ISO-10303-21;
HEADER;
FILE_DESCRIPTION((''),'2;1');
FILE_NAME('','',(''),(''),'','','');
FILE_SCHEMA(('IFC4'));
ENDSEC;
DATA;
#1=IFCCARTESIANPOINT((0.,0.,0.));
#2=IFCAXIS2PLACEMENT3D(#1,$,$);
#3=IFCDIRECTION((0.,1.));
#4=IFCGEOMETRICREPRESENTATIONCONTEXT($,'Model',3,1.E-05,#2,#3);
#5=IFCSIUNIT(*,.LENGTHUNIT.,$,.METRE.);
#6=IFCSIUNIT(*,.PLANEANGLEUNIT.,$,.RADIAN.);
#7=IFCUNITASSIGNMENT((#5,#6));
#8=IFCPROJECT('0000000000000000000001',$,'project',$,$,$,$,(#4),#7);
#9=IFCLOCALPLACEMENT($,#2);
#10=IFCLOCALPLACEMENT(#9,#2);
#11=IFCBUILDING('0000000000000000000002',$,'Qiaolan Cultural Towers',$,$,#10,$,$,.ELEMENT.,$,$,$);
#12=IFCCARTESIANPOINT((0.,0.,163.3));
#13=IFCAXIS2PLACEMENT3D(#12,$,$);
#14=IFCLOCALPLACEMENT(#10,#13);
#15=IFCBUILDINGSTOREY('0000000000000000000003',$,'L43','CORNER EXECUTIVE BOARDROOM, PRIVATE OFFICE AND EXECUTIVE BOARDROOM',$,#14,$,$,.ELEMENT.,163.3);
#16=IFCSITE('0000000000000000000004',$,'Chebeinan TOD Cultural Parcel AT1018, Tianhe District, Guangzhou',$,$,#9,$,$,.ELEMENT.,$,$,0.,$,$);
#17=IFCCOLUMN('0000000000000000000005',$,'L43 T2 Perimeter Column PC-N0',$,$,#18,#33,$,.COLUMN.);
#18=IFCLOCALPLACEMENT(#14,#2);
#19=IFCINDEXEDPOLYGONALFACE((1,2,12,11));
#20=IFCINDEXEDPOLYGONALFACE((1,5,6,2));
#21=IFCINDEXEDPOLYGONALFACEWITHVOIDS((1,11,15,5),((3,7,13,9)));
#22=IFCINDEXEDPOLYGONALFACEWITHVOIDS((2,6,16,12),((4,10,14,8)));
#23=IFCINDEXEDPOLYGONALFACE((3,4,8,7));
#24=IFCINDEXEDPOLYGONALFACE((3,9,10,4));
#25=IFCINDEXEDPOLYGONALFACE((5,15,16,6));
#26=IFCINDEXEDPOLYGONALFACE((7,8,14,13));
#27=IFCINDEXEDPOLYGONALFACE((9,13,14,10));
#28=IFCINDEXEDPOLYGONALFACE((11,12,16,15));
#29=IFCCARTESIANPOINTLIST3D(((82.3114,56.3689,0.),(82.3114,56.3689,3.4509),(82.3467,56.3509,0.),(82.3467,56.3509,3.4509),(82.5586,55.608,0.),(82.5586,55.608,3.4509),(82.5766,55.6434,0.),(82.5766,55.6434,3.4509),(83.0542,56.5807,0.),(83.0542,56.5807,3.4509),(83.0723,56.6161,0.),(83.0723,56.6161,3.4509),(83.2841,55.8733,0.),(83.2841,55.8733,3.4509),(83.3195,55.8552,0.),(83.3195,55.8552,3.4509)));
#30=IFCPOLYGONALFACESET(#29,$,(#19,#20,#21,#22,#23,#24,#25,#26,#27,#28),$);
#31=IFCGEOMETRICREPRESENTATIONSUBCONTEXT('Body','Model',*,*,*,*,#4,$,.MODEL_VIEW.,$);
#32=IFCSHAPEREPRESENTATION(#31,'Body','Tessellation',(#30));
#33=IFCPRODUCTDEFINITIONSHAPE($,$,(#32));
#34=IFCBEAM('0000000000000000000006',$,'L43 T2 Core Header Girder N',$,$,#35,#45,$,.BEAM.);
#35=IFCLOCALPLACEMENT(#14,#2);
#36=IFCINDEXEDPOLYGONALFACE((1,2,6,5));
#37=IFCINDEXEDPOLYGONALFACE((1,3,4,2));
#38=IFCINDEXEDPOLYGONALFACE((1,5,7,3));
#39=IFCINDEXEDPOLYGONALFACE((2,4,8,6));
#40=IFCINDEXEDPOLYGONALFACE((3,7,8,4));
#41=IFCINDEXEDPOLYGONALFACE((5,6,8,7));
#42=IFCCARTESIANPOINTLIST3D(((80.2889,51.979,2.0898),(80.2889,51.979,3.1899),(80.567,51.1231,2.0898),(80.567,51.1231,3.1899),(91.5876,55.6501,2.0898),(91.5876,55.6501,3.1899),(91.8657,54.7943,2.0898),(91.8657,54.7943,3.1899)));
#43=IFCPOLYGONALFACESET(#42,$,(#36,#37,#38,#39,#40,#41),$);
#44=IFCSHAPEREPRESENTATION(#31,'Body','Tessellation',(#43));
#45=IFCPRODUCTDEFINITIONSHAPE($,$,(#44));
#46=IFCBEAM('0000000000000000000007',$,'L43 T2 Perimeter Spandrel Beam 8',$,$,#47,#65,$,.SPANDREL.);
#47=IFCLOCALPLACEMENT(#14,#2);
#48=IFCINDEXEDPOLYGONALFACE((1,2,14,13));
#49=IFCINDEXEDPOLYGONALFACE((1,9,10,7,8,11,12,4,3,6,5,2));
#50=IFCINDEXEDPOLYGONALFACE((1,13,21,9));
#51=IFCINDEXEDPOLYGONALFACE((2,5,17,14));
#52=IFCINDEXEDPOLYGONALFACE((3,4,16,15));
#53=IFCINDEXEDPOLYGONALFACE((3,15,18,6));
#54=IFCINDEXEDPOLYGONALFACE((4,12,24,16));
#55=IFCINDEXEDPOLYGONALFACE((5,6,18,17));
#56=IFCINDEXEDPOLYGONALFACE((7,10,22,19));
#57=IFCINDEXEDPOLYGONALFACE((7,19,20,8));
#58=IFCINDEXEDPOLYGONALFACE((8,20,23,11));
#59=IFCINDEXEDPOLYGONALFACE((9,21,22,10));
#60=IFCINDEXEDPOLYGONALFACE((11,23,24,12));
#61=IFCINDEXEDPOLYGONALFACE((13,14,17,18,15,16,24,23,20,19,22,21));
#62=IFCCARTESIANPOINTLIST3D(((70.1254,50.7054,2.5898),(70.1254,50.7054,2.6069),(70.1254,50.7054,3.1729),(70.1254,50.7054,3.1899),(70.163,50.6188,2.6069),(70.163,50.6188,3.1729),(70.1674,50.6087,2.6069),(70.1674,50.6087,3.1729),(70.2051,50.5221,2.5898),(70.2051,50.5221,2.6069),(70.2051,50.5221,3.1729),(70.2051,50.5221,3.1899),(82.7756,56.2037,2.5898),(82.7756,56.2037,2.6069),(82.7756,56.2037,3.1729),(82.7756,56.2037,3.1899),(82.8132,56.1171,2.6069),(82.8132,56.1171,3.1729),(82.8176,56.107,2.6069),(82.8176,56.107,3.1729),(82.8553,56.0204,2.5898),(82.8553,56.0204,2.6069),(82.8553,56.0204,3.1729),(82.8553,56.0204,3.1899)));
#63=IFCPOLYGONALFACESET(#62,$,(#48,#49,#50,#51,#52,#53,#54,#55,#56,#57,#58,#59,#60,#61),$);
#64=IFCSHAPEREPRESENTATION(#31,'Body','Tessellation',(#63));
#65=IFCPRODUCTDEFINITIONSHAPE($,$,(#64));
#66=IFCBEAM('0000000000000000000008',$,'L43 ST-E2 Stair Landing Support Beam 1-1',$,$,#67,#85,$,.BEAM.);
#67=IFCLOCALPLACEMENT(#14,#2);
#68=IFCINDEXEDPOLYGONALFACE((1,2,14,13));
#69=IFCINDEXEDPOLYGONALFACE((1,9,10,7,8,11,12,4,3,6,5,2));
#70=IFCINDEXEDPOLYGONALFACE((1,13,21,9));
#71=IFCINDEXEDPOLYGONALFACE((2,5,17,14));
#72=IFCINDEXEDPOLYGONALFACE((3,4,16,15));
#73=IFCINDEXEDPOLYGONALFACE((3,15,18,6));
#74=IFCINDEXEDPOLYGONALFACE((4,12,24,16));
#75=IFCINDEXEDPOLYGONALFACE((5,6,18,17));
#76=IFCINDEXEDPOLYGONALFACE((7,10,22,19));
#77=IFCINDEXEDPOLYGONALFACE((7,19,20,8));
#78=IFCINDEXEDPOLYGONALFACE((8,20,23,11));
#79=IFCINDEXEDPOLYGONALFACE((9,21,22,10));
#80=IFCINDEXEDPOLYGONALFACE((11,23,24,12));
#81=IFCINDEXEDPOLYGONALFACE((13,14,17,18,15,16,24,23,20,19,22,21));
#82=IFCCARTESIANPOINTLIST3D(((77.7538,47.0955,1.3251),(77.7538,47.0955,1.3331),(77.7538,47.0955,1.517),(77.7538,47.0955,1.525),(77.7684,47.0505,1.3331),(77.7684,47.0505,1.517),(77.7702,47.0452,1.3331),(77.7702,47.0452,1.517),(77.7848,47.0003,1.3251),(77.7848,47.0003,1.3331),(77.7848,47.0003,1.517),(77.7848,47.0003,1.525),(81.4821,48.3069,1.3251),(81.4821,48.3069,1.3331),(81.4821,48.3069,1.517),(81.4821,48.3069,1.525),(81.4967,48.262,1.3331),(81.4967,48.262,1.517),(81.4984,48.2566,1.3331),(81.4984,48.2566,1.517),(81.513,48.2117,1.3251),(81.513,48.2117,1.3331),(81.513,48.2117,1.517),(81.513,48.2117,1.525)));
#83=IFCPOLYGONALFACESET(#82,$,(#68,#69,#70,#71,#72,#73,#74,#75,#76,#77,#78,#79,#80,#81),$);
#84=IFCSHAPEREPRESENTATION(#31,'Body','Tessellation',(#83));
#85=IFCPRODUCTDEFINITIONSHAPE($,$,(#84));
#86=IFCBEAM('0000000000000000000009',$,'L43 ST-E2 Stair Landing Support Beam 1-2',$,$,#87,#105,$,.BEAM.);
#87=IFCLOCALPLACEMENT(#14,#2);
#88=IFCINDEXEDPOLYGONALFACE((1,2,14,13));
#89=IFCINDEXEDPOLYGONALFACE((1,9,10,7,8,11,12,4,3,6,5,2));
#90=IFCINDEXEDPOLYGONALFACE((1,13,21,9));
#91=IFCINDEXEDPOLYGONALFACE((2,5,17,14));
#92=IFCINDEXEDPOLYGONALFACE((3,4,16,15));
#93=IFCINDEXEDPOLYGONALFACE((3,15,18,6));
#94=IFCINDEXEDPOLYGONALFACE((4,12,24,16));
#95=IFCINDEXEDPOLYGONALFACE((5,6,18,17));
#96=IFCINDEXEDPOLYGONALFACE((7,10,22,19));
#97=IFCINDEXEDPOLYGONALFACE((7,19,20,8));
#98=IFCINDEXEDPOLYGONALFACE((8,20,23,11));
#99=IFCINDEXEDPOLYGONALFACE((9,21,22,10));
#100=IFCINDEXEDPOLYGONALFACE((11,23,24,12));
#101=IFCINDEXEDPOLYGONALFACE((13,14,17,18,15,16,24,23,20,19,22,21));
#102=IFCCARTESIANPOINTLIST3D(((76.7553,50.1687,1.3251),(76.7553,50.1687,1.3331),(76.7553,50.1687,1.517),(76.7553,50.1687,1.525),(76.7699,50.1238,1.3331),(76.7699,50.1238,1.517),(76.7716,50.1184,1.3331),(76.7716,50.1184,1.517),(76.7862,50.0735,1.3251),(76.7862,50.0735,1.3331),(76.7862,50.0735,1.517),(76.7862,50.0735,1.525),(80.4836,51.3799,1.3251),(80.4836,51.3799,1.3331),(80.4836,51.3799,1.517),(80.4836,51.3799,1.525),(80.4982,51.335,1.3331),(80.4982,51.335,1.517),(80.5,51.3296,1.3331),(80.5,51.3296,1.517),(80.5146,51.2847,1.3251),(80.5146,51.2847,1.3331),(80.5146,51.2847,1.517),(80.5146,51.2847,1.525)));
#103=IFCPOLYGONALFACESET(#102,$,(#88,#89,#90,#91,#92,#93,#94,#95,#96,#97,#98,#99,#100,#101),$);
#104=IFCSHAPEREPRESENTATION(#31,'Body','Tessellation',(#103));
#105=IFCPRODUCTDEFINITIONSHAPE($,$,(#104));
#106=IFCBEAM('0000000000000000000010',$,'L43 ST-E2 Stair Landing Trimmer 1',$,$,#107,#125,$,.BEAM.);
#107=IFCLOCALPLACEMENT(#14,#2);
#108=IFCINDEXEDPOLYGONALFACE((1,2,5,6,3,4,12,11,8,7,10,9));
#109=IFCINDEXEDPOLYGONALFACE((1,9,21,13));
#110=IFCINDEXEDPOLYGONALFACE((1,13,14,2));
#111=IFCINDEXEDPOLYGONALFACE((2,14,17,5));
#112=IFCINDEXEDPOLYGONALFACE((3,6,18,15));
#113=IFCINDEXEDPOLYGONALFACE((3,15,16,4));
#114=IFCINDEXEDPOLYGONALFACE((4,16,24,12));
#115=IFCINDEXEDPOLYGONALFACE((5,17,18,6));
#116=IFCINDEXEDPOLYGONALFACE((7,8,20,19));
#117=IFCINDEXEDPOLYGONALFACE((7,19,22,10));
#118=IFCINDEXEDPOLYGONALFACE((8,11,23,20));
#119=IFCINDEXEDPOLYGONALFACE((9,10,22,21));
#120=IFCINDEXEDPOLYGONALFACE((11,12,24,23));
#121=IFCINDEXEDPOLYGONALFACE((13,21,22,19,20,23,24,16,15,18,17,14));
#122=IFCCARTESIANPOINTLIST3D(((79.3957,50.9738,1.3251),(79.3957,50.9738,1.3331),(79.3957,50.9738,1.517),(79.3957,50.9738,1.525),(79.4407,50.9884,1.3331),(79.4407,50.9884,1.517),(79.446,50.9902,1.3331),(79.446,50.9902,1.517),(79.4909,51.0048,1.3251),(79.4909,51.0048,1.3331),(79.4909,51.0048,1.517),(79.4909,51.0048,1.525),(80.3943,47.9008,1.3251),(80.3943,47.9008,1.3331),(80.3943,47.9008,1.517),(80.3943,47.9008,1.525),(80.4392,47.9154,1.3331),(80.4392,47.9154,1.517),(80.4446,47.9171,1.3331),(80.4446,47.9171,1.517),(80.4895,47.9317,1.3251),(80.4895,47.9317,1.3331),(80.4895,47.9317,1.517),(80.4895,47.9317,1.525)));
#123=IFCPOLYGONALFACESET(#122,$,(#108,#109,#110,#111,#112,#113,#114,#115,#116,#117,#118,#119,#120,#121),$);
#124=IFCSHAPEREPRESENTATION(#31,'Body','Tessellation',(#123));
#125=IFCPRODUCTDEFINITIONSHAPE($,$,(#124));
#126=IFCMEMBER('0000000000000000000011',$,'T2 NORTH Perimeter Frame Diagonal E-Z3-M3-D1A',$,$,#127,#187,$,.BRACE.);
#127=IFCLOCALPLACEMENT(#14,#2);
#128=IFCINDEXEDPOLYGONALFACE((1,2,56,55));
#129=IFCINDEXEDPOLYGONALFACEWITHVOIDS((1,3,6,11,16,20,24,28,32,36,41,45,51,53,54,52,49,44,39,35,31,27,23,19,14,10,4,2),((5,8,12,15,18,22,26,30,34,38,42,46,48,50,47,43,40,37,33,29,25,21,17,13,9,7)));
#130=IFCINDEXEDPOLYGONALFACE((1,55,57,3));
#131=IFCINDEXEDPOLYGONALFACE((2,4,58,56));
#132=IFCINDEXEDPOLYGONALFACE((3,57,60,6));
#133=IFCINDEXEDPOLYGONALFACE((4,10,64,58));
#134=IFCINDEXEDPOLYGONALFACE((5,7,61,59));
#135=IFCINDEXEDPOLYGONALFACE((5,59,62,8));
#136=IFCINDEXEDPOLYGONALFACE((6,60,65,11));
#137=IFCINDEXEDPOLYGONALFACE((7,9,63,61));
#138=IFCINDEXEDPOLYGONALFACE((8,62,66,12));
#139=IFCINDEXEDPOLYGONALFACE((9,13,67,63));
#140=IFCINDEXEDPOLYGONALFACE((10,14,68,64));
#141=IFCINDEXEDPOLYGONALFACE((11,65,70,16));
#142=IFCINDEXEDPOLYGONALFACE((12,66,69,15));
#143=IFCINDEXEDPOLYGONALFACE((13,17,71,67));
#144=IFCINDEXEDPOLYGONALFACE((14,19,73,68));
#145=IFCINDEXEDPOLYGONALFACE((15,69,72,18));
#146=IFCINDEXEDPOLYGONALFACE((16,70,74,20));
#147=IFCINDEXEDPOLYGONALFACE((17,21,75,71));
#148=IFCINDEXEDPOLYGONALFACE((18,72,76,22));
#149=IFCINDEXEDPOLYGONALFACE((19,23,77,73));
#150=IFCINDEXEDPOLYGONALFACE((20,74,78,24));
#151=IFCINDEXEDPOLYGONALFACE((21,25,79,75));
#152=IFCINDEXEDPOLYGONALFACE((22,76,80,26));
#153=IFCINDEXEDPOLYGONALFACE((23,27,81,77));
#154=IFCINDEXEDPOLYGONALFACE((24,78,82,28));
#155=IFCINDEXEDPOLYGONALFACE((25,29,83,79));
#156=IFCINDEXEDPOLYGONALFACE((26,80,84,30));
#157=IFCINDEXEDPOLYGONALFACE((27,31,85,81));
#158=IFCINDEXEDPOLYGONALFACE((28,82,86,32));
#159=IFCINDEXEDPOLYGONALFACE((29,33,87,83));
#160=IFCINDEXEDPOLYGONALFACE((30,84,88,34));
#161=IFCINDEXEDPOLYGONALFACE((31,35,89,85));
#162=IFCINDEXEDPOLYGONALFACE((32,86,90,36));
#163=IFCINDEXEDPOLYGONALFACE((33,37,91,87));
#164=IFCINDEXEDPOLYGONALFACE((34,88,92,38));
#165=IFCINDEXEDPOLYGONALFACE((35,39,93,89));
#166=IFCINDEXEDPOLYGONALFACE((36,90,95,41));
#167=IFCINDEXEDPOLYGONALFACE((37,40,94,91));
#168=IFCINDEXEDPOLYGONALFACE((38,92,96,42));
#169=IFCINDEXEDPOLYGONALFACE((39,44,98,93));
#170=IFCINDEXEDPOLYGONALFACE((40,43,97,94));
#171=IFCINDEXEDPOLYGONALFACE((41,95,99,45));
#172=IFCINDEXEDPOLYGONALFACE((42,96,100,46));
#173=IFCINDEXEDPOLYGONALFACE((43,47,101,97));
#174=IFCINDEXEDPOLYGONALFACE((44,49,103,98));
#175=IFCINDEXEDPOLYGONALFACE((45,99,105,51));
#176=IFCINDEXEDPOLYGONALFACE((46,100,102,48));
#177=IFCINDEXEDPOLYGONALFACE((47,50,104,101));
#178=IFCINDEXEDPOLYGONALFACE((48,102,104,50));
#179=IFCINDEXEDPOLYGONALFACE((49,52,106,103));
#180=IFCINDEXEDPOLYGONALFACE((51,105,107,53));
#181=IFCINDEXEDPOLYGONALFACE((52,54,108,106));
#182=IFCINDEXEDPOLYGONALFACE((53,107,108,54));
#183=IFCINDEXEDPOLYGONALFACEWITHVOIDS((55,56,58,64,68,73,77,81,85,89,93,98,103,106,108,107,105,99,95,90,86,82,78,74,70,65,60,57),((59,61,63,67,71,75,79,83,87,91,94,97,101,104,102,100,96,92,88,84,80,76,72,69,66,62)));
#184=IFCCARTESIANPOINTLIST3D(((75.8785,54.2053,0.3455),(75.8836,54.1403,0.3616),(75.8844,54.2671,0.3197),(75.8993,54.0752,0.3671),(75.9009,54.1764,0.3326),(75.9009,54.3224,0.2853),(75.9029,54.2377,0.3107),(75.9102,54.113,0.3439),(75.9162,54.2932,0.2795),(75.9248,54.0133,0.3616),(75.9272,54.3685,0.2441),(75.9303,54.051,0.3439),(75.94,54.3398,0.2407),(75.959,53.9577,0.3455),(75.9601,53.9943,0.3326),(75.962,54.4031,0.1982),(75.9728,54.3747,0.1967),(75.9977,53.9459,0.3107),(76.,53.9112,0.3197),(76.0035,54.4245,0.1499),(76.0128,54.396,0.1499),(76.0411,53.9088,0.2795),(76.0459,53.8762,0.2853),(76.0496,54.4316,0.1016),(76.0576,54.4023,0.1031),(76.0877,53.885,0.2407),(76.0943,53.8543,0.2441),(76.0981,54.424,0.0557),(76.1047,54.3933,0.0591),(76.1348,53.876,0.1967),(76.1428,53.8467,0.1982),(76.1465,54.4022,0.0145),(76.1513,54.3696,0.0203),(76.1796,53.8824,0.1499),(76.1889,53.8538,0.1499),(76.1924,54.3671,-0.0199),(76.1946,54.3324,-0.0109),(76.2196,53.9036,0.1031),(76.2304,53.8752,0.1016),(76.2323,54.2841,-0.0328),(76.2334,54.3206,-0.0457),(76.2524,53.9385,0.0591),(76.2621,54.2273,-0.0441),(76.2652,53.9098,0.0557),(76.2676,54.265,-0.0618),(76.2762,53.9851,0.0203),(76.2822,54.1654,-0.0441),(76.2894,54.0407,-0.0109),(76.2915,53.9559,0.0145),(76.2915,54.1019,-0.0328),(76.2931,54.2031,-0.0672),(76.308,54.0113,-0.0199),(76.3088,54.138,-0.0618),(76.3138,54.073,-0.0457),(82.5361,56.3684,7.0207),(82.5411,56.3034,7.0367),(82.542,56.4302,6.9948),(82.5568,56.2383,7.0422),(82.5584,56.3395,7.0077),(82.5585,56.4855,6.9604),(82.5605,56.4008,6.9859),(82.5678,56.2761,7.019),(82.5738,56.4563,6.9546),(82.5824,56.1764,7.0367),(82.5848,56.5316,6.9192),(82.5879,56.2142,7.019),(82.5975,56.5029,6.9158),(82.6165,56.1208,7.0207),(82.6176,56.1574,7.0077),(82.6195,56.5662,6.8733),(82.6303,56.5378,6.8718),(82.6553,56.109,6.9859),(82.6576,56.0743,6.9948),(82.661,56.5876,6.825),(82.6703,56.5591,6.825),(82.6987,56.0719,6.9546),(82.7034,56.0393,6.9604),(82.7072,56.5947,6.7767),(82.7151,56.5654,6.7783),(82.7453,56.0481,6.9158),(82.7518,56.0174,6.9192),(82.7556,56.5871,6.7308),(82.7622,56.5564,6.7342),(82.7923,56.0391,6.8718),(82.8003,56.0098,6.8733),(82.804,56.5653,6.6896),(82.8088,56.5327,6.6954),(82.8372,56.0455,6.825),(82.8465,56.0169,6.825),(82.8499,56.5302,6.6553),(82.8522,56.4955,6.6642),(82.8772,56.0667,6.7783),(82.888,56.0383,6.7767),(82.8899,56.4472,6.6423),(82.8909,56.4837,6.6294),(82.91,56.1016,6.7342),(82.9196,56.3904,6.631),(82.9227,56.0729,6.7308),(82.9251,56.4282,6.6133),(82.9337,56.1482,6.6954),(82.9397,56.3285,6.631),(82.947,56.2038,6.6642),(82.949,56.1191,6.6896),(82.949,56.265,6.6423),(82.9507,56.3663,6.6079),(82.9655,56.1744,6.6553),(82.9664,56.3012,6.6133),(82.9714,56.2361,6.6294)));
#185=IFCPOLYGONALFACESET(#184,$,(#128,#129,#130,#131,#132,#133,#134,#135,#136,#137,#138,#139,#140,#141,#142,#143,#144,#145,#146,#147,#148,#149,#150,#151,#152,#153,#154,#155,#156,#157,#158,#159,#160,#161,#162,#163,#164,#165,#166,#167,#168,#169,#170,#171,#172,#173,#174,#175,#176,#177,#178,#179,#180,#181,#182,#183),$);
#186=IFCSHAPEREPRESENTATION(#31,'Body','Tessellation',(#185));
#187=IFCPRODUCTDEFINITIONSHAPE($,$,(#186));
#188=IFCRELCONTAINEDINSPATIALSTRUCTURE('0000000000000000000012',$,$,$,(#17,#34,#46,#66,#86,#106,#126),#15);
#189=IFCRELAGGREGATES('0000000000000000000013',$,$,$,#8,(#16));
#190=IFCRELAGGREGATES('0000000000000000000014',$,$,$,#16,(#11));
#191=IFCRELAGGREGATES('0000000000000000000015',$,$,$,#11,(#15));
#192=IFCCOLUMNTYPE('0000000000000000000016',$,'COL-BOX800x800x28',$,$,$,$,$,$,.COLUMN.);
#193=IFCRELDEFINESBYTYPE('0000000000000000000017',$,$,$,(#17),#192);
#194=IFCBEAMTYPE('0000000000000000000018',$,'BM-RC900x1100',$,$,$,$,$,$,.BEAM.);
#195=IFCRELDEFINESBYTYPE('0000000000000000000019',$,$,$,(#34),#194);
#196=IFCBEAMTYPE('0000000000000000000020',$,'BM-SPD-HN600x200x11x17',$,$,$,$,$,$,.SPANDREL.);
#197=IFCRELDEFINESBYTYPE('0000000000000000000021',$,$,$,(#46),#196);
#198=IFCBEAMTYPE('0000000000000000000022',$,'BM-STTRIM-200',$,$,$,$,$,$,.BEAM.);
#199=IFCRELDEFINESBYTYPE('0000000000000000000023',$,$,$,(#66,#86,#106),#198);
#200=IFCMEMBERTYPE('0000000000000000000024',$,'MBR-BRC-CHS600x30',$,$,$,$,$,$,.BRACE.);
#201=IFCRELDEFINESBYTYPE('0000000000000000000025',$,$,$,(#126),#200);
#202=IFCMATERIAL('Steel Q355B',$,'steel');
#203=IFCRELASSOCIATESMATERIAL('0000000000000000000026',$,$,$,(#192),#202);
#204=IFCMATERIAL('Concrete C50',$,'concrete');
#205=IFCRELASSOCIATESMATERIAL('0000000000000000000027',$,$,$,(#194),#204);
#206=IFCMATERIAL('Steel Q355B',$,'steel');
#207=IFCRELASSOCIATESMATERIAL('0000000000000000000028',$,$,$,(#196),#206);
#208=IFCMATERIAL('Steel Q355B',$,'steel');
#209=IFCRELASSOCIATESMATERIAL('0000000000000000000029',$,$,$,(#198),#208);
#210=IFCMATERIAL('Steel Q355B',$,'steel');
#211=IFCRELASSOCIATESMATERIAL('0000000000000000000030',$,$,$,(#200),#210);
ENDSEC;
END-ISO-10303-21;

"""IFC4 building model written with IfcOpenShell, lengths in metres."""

from ifc_helpers import new_model, si_unit, direction, frame, origin, origin_2d, place, context, subcontext, project, spatial, rectangle, hollow_rectangle, hollow_circle, i_section, extrude, material, material_profile, profile_set, type_object, element, save


model = new_model("IFC4")

# Units and contexts
model_context = context("Model", 3, precision=1e-05, world=origin(), true_north=direction((0.0, 1.0)))
body_context = subcontext(model_context, "Body", "Model", "MODEL_VIEW")
ifc_project = project(units=[si_unit("LENGTHUNIT", "METRE"), si_unit("PLANEANGLEUNIT", "RADIAN")], contexts=[model_context])

# Site, building, storey
site_placement = place(None, origin())
site = spatial("IfcSite", under=ifc_project, at=site_placement, Name="Chebeinan TOD Cultural Parcel AT1018, Tianhe District, Guangzhou", CompositionType="ELEMENT", RefElevation=0.0)
building_placement = place(site_placement, origin())
building = spatial("IfcBuilding", under=site, at=building_placement, Name="Qiaolan Cultural Towers", CompositionType="ELEMENT")
storey_placement = place(building_placement, frame((0.0, 0.0, 163.3)))
storey = spatial("IfcBuildingStorey", under=building, at=storey_placement, Name="L43", Description="CORNER EXECUTIVE BOARDROOM, PRIVATE OFFICE AND EXECUTIVE BOARDROOM", CompositionType="ELEMENT", Elevation=163.3)

# Column
ifc_material_1 = material(Name="Steel Q355B", Category="steel")
ifc_material_profile_1 = material_profile(ifc_material_1, hollow_rectangle(XDim=0.8, YDim=0.8, WallThickness=0.0281, at=origin_2d()), Name="BOX800x800x28")
ifc_profile_set_1 = profile_set([ifc_material_profile_1], Name="Steel Q355B")
column_type = type_object("IfcColumnType", Name="COL-BOX800x800x28", PredefinedType="COLUMN", material=ifc_profile_set_1)
column_placement = place(storey_placement, frame((82.8154, 56.1121, 0.0), z_axis=(0.0, 0.0, 1.0), x_axis=(0.951057, 0.309017, 0.0)))
element("IfcColumn", 1, at=column_placement, inside=storey, type_object=column_type, Name="L43 T2 Perimeter Column PC-N0", PredefinedType="COLUMN", context=body_context, shape_type="SweptSolid", body=[
    extrude(hollow_rectangle(XDim=0.8, YDim=0.8, WallThickness=0.0281, at=origin_2d()), origin(), (0.0, 0.0, 1.0), 3.4509),
])

# Beams
ifc_material_2 = material(Name="Concrete C50", Category="concrete")
ifc_material_profile_2 = material_profile(ifc_material_2, rectangle(XDim=0.8999, YDim=1.1001, at=origin_2d()), Name="RC900x1100")
ifc_profile_set_2 = profile_set([ifc_material_profile_2], Name="Concrete C50")
beam_type_1 = type_object("IfcBeamType", Name="BM-RC900x1100", PredefinedType="BEAM", material=ifc_profile_set_2)
beam_1_placement = place(storey_placement, frame((80.428, 51.551, 2.6399), z_axis=(0.951056, 0.309018, 0.0), x_axis=(-0.309018, 0.951056, 0.0)))
element("IfcBeam", 2, at=beam_1_placement, inside=storey, type_object=beam_type_1, Name="L43 T2 Core Header Girder N", PredefinedType="BEAM", context=body_context, shape_type="SweptSolid", body=[
    extrude(rectangle(XDim=0.8999, YDim=1.1001, at=origin_2d()), origin(), (0.0, 0.0, 1.0), 11.8801),
])
ifc_material_3 = material(Name="Steel Q355B", Category="steel")
ifc_material_profile_3 = material_profile(ifc_material_3, i_section(OverallWidth=0.2, OverallDepth=0.6001, WebThickness=0.011, FlangeThickness=0.0171, at=origin_2d()), Name="HN600x200x11x17")
ifc_profile_set_3 = profile_set([ifc_material_profile_3], Name="Steel Q355B")
beam_type_2 = type_object("IfcBeamType", Name="BM-SPD-HN600x200x11x17", PredefinedType="SPANDREL", material=ifc_profile_set_3)
beam_2_placement = place(storey_placement, frame((82.8154, 56.1121, 2.8899), z_axis=(-0.917117, -0.398618, 0.0), x_axis=(0.398618, -0.917117, 0.0)))
element("IfcBeam", 3, at=beam_2_placement, inside=storey, type_object=beam_type_2, Name="L43 T2 Perimeter Spandrel Beam 8", PredefinedType="SPANDREL", context=body_context, shape_type="SweptSolid", body=[
    extrude(i_section(OverallWidth=0.2, OverallDepth=0.6001, WebThickness=0.011, FlangeThickness=0.0171, at=origin_2d()), origin(), (0.0, 0.0, 1.0), 13.7935),
])
ifc_material_4 = material(Name="Steel Q355B", Category="steel")
ifc_material_profile_4 = material_profile(ifc_material_4, i_section(OverallWidth=0.1001, OverallDepth=0.2, WebThickness=0.0056, FlangeThickness=0.0081, at=origin_2d()), Name="HN200x100x5.5x8")
ifc_profile_set_4 = profile_set([ifc_material_profile_4], Name="Steel Q355B")
beam_type_3 = type_object("IfcBeamType", Name="BM-STTRIM-200", PredefinedType="BEAM", material=ifc_profile_set_4)
for number, where, z_axis, x_axis, name in (
    (4, (77.7693, 47.0479, 1.425), (0.951054, 0.309026, 0.0), (-0.309026, 0.951054, 0.0), "L43 ST-E2 Stair Landing Support Beam 1-1"),
    (5, (76.7708, 50.1211, 1.425), (0.951072, 0.308969, 0.0), (-0.308969, 0.951072, 0.0), "L43 ST-E2 Stair Landing Support Beam 1-2"),
):
    element("IfcBeam", number, at=place(storey_placement, frame(where, z_axis=z_axis, x_axis=x_axis)), inside=storey, type_object=beam_type_3, Name=name, PredefinedType="BEAM", context=body_context, shape_type="SweptSolid", body=[
        extrude(i_section(OverallWidth=0.1001, OverallDepth=0.2, WebThickness=0.0056, FlangeThickness=0.0081, at=origin_2d()), origin(), (0.0, 0.0, 1.0), 3.9202),
    ])
beam_3_placement = place(storey_placement, frame((80.4419, 47.9163, 1.425), z_axis=(-0.309033, 0.951051, 0.0), x_axis=(-0.951051, -0.309033, 0.0)))
element("IfcBeam", 6, at=beam_3_placement, inside=storey, type_object=beam_type_3, Name="L43 ST-E2 Stair Landing Trimmer 1", PredefinedType="BEAM", context=body_context, shape_type="SweptSolid", body=[
    extrude(i_section(OverallWidth=0.1001, OverallDepth=0.2, WebThickness=0.0056, FlangeThickness=0.0081, at=origin_2d()), origin(), (0.0, 0.0, 1.0), 3.2312),
])

# Member
ifc_material_5 = material(Name="Steel Q355B", Category="steel")
ifc_material_profile_5 = material_profile(ifc_material_5, hollow_circle(Radius=0.3, WallThickness=0.03, at=origin_2d()), Name="CHS600x30")
ifc_profile_set_5 = profile_set([ifc_material_profile_5], Name="Steel Q355B")
member_type = type_object("IfcMemberType", Name="MBR-BRC-CHS600x30", PredefinedType="BRACE", material=ifc_profile_set_5)
member_1_placement = place(storey_placement, frame((76.0962, 54.1392, 0.1499), z_axis=(0.688289, 0.223633, 0.690106), x_axis=(-0.30901, 0.951059, 0.0)))
element("IfcMember", 7, at=member_1_placement, inside=storey, type_object=member_type, Name="T2 NORTH Perimeter Frame Diagonal E-Z3-M3-D1A", PredefinedType="BRACE", context=body_context, shape_type="SweptSolid", body=[
    extrude(hollow_circle(Radius=0.3, WallThickness=0.03, at=origin_2d()), origin(), (0.0, 0.0, 1.0), 9.6726),
])

save(model, "model.ifc")
